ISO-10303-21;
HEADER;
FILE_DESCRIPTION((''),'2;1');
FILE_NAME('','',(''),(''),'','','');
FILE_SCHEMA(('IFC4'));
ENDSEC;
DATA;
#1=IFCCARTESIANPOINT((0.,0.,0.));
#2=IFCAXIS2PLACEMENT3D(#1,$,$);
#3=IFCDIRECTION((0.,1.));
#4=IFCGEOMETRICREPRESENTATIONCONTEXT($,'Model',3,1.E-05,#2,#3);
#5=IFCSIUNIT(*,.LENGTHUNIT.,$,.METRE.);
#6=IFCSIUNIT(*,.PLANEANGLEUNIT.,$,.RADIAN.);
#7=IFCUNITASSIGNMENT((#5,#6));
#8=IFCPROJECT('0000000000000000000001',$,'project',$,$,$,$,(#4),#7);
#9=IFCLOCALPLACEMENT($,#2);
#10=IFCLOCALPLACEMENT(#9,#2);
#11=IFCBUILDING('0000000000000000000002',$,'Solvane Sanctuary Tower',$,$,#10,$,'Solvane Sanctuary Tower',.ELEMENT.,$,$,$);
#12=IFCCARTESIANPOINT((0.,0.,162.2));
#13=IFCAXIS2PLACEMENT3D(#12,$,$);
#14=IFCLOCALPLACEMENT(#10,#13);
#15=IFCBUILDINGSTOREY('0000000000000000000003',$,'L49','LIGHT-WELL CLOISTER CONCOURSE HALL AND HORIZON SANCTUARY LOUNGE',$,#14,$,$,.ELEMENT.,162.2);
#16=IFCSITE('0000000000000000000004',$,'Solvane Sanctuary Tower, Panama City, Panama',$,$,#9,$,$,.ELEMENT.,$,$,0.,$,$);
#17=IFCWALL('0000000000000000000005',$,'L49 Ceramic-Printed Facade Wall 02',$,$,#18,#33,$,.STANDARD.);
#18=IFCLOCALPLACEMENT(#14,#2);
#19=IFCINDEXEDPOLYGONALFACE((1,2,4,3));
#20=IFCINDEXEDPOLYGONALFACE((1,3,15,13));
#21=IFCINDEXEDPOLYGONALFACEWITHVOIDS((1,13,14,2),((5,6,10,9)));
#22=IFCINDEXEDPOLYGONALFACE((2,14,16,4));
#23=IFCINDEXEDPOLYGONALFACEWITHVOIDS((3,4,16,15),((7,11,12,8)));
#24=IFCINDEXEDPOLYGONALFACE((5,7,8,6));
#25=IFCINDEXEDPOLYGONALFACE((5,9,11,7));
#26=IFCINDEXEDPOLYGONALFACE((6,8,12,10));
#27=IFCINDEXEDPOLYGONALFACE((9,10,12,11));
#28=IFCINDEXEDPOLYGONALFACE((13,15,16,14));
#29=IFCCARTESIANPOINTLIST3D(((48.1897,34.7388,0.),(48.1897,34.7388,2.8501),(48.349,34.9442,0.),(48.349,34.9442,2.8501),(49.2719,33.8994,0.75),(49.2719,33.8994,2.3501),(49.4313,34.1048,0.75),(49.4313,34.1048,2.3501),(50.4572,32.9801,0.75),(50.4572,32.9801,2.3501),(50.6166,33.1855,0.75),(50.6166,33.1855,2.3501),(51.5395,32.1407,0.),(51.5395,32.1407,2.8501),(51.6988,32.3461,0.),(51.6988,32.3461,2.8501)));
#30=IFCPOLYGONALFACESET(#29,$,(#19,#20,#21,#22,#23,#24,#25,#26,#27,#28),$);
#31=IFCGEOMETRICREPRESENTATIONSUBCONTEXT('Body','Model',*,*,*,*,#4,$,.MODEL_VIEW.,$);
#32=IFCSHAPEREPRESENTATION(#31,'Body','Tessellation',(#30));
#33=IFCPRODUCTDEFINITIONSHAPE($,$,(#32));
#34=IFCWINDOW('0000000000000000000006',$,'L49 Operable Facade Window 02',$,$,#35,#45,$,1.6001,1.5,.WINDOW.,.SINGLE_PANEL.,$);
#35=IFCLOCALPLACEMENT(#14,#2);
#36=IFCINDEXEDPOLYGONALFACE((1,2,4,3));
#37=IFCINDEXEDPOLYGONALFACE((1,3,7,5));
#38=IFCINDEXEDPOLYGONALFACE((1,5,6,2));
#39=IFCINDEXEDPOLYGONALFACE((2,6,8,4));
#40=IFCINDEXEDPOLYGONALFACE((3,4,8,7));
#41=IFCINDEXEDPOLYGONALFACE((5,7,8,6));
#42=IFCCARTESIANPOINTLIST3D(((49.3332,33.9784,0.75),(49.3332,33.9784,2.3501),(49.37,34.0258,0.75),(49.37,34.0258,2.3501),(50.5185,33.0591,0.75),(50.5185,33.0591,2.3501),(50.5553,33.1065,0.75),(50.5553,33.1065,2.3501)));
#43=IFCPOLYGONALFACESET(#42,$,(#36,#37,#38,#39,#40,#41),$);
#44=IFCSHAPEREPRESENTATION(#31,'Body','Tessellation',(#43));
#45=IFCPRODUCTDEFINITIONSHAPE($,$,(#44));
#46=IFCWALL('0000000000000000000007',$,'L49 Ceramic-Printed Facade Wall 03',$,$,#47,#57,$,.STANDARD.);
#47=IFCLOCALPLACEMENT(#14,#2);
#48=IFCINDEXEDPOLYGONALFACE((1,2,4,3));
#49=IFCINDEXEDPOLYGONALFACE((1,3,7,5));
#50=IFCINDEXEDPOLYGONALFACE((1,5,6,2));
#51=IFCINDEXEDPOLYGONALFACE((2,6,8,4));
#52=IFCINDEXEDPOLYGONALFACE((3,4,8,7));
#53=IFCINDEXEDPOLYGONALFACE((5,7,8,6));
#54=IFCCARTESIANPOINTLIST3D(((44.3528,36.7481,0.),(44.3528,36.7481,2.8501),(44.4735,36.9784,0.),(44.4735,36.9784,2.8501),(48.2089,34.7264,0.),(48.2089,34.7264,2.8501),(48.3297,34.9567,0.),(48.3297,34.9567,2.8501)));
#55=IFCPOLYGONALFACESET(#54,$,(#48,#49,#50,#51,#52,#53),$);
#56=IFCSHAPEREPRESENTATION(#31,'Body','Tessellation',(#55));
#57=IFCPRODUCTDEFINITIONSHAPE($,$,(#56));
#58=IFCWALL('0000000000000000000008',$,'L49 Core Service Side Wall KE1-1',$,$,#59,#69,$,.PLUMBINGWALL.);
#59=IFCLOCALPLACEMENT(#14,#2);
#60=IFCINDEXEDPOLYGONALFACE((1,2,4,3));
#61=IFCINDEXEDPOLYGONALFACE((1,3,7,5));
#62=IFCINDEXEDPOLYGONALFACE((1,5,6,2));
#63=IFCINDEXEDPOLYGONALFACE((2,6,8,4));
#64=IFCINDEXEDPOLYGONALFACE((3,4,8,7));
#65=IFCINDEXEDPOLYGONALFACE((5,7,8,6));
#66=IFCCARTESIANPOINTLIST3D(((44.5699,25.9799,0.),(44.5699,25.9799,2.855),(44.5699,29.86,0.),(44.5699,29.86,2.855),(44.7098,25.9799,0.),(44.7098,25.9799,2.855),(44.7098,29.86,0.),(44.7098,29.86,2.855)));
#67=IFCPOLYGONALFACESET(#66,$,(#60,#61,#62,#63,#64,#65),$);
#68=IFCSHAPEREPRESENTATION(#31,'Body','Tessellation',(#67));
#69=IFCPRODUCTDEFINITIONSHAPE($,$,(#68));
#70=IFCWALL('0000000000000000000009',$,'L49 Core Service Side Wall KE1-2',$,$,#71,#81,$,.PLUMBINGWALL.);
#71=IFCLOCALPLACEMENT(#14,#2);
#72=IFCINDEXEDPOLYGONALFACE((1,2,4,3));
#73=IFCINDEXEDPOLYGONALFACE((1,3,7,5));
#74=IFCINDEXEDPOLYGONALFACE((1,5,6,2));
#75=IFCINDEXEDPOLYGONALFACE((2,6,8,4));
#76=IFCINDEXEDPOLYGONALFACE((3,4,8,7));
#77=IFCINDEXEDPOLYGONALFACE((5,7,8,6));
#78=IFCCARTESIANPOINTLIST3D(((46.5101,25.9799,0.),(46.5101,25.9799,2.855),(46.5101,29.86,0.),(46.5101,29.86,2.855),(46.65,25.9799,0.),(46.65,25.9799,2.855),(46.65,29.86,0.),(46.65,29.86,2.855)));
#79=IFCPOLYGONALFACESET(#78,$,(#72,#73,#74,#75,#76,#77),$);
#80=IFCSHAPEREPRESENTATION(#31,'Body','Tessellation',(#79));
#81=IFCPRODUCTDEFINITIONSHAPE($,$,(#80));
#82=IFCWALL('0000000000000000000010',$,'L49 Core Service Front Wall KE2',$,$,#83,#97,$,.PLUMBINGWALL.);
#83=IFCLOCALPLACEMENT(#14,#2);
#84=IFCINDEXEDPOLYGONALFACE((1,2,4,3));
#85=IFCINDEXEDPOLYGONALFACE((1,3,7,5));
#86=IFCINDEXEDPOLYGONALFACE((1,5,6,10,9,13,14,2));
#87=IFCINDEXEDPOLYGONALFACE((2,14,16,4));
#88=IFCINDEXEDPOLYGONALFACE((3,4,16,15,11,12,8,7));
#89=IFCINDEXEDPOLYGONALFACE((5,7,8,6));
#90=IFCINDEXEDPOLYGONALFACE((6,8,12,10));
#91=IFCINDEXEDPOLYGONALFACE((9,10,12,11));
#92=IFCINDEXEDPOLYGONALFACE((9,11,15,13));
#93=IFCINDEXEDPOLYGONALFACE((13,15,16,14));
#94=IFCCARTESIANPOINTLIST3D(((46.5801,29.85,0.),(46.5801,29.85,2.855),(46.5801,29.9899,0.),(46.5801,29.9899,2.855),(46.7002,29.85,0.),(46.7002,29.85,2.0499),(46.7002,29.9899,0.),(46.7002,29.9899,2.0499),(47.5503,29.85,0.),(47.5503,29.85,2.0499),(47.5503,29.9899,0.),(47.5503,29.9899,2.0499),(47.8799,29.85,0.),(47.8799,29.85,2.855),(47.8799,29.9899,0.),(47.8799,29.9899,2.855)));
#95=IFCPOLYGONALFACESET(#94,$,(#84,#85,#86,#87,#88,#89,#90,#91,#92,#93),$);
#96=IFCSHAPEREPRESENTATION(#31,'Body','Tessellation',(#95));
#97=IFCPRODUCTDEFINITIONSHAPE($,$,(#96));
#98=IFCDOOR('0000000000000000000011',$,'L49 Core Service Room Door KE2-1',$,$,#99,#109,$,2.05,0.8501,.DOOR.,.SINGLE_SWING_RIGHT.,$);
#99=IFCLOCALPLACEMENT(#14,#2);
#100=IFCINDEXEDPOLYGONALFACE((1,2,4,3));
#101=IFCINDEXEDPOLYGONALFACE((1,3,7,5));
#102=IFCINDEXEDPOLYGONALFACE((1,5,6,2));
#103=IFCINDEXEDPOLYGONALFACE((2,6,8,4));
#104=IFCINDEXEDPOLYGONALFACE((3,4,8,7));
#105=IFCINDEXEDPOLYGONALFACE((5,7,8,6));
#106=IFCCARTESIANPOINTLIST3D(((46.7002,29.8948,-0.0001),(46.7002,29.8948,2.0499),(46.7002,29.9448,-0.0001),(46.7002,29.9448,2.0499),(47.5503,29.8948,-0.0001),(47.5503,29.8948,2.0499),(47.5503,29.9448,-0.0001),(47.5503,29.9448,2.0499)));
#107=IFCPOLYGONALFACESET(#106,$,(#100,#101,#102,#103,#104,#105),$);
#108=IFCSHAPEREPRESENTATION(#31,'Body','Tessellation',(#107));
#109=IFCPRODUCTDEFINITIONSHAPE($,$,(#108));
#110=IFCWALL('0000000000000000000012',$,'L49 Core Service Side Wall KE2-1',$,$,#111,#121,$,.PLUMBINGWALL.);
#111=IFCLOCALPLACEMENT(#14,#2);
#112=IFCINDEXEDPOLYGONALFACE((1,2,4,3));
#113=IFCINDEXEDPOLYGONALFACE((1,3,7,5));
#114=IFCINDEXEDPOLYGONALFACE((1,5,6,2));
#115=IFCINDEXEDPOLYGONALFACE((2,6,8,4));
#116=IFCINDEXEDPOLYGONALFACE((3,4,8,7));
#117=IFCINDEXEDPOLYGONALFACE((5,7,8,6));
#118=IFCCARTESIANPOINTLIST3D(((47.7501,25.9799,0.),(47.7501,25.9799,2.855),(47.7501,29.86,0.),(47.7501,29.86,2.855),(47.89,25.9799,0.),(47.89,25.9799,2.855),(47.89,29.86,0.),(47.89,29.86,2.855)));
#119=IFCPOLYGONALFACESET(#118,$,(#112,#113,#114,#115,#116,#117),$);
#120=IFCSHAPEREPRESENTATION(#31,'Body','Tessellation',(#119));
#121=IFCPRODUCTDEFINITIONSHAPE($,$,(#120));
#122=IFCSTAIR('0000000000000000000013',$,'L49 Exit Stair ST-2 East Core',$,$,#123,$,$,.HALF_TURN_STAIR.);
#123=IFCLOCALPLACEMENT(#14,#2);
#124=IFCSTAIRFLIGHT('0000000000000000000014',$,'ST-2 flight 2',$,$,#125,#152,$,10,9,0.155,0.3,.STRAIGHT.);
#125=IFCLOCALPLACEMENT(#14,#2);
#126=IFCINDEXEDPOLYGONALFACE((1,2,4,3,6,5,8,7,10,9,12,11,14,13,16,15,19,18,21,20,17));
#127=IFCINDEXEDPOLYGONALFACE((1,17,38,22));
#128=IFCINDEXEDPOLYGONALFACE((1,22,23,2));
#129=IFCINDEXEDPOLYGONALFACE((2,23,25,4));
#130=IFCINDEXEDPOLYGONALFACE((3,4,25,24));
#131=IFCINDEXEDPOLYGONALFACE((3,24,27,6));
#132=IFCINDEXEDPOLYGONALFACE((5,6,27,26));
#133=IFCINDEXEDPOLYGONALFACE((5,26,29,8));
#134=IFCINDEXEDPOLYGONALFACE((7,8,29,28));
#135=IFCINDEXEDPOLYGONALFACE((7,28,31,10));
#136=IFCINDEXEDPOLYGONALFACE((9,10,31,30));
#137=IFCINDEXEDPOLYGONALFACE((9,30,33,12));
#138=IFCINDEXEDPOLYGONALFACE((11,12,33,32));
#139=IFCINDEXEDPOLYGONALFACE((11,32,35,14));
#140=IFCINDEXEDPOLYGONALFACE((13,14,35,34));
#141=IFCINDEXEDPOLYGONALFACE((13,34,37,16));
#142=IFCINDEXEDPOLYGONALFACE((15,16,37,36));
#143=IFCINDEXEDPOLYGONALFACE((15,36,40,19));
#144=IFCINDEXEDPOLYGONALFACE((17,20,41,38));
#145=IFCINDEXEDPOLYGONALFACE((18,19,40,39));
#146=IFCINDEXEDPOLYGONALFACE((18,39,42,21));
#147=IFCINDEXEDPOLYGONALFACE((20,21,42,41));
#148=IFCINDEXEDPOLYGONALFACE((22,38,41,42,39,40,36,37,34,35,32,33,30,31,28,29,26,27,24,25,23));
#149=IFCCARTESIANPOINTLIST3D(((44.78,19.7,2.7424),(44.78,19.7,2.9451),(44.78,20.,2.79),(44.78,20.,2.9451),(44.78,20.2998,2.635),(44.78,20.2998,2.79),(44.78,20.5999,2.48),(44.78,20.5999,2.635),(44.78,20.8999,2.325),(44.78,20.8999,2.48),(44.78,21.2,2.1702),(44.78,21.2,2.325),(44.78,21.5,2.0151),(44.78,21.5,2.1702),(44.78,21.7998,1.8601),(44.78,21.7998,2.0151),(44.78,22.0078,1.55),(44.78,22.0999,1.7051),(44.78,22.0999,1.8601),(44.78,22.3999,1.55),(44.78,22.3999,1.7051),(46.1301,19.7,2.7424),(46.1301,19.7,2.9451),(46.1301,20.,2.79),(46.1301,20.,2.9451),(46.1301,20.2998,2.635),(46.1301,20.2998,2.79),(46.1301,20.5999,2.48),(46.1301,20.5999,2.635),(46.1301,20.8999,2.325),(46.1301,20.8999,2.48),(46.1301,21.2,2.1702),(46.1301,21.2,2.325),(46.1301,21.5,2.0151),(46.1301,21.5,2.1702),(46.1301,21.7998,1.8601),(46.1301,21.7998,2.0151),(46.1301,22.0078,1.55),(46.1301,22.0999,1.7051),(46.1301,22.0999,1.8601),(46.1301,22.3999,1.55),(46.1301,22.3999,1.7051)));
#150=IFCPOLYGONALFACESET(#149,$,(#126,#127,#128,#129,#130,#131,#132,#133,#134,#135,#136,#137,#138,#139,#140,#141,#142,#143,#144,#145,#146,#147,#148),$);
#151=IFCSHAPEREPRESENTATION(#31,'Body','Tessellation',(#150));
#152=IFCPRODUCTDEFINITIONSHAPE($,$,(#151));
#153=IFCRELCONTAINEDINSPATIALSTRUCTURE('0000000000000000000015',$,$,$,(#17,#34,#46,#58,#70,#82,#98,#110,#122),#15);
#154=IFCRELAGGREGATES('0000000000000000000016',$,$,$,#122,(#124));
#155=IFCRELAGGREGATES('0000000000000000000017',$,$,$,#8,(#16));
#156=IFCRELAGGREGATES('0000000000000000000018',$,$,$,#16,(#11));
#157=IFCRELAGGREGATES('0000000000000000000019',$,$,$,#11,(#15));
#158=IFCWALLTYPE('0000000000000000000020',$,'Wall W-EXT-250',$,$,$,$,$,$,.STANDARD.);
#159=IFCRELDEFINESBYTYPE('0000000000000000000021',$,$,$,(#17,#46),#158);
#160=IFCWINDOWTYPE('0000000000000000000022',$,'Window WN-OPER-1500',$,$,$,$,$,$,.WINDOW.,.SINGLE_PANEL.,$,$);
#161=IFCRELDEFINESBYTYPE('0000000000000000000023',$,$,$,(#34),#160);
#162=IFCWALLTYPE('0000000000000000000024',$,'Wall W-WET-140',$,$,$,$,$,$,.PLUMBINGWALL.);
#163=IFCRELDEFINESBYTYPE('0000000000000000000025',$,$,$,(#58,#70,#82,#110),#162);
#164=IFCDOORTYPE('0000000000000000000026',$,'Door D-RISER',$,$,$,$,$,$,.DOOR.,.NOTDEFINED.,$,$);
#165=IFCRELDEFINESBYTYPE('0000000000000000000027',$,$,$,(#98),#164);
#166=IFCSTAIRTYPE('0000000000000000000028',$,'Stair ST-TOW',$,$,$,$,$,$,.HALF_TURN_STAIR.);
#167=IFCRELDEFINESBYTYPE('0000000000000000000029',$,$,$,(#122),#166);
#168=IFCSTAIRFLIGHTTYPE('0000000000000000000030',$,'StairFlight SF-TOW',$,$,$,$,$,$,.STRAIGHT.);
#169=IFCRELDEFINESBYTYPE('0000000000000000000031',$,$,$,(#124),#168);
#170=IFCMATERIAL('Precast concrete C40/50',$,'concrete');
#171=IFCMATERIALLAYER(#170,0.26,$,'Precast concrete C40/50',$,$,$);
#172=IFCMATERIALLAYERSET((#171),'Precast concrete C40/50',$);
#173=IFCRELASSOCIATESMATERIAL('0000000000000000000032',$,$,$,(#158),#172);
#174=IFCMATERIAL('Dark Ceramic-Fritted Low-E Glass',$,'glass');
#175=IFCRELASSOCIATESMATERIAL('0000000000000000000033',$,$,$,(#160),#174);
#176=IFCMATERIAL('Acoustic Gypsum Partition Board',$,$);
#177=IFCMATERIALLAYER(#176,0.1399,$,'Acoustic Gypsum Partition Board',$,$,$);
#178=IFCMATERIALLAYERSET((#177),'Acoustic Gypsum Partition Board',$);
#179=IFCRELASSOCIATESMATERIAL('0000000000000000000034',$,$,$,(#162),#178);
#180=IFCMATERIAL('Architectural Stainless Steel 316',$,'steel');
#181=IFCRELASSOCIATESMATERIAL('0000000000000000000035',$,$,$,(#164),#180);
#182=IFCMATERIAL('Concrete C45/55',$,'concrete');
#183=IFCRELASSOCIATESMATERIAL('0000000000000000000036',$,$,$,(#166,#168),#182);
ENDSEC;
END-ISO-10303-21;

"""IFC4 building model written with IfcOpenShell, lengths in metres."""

from ifc_helpers import new_model, si_unit, direction, frame, frame_2d, origin, place, context, subcontext, project, spatial, polyline, rectangle, outline, extrude, material, layer, layer_set, type_object, element, fill, aggregate, save


model = new_model("IFC4")

# Units and contexts
model_context = context("Model", 3, precision=1e-05, world=origin(), true_north=direction((0.0, 1.0)))
body_context = subcontext(model_context, "Body", "Model", "MODEL_VIEW")
ifc_project = project(units=[si_unit("LENGTHUNIT", "METRE"), si_unit("PLANEANGLEUNIT", "RADIAN")], contexts=[model_context])

# Site, building, storey
site_placement = place(None, origin())
site = spatial("IfcSite", under=ifc_project, at=site_placement, Name="Solvane Sanctuary Tower, Panama City, Panama", CompositionType="ELEMENT", RefElevation=0.0)
building_placement = place(site_placement, origin())
building = spatial("IfcBuilding", under=site, at=building_placement, Name="Solvane Sanctuary Tower", LongName="Solvane Sanctuary Tower", CompositionType="ELEMENT")
storey_placement = place(building_placement, frame((0.0, 0.0, 162.2)))
storey = spatial("IfcBuildingStorey", under=building, at=storey_placement, Name="L49", Description="LIGHT-WELL CLOISTER CONCOURSE HALL AND HORIZON SANCTUARY LOUNGE", CompositionType="ELEMENT", Elevation=162.2)

# Shared definitions
ifc_material_1 = material(Name="Acoustic Gypsum Partition Board")

# Wall, opening, window
ifc_material_2 = material(Name="Precast concrete C40/50", Category="concrete")
ifc_layer_1 = layer(ifc_material_2, 0.26, Name="Precast concrete C40/50")
ifc_layer_set_1 = layer_set([ifc_layer_1], Name="Precast concrete C40/50")
wall_type_1 = type_object("IfcWallType", Name="Wall W-EXT-250", PredefinedType="STANDARD", material=ifc_layer_set_1)
ifc_material_3 = material(Name="Dark Ceramic-Fritted Low-E Glass", Category="glass")
window_type = type_object("IfcWindowType", Name="Window WN-OPER-1500", PartitioningType="SINGLE_PANEL", PredefinedType="WINDOW", material=ifc_material_3)
wall_1_placement = place(storey_placement, frame((51.6191, 32.2434, 0.0), z_axis=(0.0, 0.0, 1.0), x_axis=(-0.790186, 0.612868, 0.0)))
wall_1 = element("IfcWall", 1, at=wall_1_placement, inside=storey, type_object=wall_type_1, Name="L49 Ceramic-Printed Facade Wall 02", PredefinedType="STANDARD", context=body_context, shape_type="SweptSolid", body=[
    extrude(rectangle(XDim=4.2393, YDim=0.26, at=frame_2d((2.1196, 0.0))), origin(), (0.0, 0.0, 1.0), 2.8501),
])
opening_1_placement = place(wall_1_placement, frame((1.3696, 0.0, 0.75)))
opening_1 = element("IfcOpeningElement", 2, at=opening_1_placement, cuts=wall_1, PredefinedType="OPENING", context=body_context, shape_type="SweptSolid", body=[
    extrude(rectangle(XDim=1.5, YDim=1.6001, at=frame_2d((0.75, 0.8))), frame((0.0, 0.1399, 0.0), z_axis=(0.0, -1.0, 0.0), x_axis=(1.0, 0.0, 0.0)), (0.0, 0.0, 1.0), 0.28),
])
window_1_placement = place(opening_1_placement, origin())
window_1 = element("IfcWindow", 3, at=window_1_placement, inside=storey, type_object=window_type, Name="L49 Operable Facade Window 02", OverallHeight=1.6001, OverallWidth=1.5, PartitioningType="SINGLE_PANEL", PredefinedType="WINDOW", context=body_context, shape_type="SweptSolid", body=[
    extrude(rectangle(XDim=1.5, YDim=1.6001, at=frame_2d((0.75, 0.8))), frame((0.0, 0.03, 0.0), z_axis=(0.0, -1.0, 0.0), x_axis=(1.0, 0.0, 0.0)), (0.0, 0.0, 1.0), 0.0601),
])
fill(opening_1, window_1)

# Walls
wall_2_placement = place(storey_placement, frame((48.2693, 34.8416, 0.0), z_axis=(0.0, 0.0, 1.0), x_axis=(-0.88566, 0.464334, 0.0)))
element("IfcWall", 4, at=wall_2_placement, inside=storey, type_object=wall_type_1, Name="L49 Ceramic-Printed Facade Wall 03", PredefinedType="STANDARD", context=body_context, shape_type="SweptSolid", body=[
    extrude(rectangle(XDim=4.354, YDim=0.26, at=frame_2d((2.177, 0.0))), origin(), (0.0, 0.0, 1.0), 2.8501),
])
ifc_layer_2 = layer(ifc_material_1, 0.1399, Name="Acoustic Gypsum Partition Board")
ifc_layer_set_2 = layer_set([ifc_layer_2], Name="Acoustic Gypsum Partition Board")
wall_type_2 = type_object("IfcWallType", Name="Wall W-WET-140", PredefinedType="PLUMBINGWALL", material=ifc_layer_set_2)
for number, where, z_axis, x_axis, name in (
    (5, (44.6399, 25.98, 0.0), (0.0, 0.0, 1.0), (0.0, 1.0, 0.0), "L49 Core Service Side Wall KE1-1"),
    (6, (46.5801, 25.98, 0.0), (0.0, 0.0, 1.0), (0.0, 1.0, 0.0), "L49 Core Service Side Wall KE1-2"),
):
    element("IfcWall", number, at=place(storey_placement, frame(where, z_axis=z_axis, x_axis=x_axis)), inside=storey, type_object=wall_type_2, Name=name, PredefinedType="PLUMBINGWALL", context=body_context, shape_type="SweptSolid", body=[
        extrude(rectangle(XDim=3.8801, YDim=0.1399, at=frame_2d((1.9399, 0.0))), origin(), (0.0, 0.0, 1.0), 2.855),
    ])

# Wall, opening, door
wall_3_placement = place(storey_placement, frame((46.5801, 29.9199, 0.0), z_axis=(0.0, 0.0, 1.0), x_axis=(1.0, 0.0, 0.0)))
wall_3 = element("IfcWall", 7, at=wall_3_placement, inside=storey, type_object=wall_type_2, Name="L49 Core Service Front Wall KE2", PredefinedType="PLUMBINGWALL", context=body_context, shape_type="SweptSolid", body=[
    extrude(rectangle(XDim=1.2998, YDim=0.1399, at=frame_2d((0.6499, 0.0))), origin(), (0.0, 0.0, 1.0), 2.855),
])
opening_2_placement = place(wall_3_placement, frame((0.1201, 0.0, 0.0)))
opening_2 = element("IfcOpeningElement", 8, at=opening_2_placement, cuts=wall_3, PredefinedType="OPENING", context=body_context, shape_type="SweptSolid", body=[
    extrude(rectangle(XDim=0.8501, YDim=2.05, at=frame_2d((0.425, 1.0249))), frame((0.0, 0.0798, 0.0), z_axis=(0.0, -1.0, 0.0), x_axis=(1.0, 0.0, 0.0)), (0.0, 0.0, 1.0), 0.1599),
])
ifc_material_4 = material(Name="Architectural Stainless Steel 316", Category="steel")
door_type = type_object("IfcDoorType", Name="Door D-RISER", OperationType="NOTDEFINED", PredefinedType="DOOR", material=ifc_material_4)
door_placement = place(opening_2_placement, origin())
door = element("IfcDoor", 9, at=door_placement, inside=storey, type_object=door_type, Name="L49 Core Service Room Door KE2-1", OperationType="SINGLE_SWING_RIGHT", OverallHeight=2.05, OverallWidth=0.8501, PredefinedType="DOOR", context=body_context, shape_type="SweptSolid", body=[
    extrude(rectangle(XDim=0.8501, YDim=2.05, at=frame_2d((0.425, 1.0249))), frame((0.0, 0.0249, 0.0), z_axis=(0.0, -1.0, 0.0), x_axis=(1.0, 0.0, 0.0)), (0.0, 0.0, 1.0), 0.05),
])
fill(opening_2, door)

# Wall
wall_4_placement = place(storey_placement, frame((47.8201, 25.98, 0.0), z_axis=(0.0, 0.0, 1.0), x_axis=(0.0, 1.0, 0.0)))
element("IfcWall", 10, at=wall_4_placement, inside=storey, type_object=wall_type_2, Name="L49 Core Service Side Wall KE2-1", PredefinedType="PLUMBINGWALL", context=body_context, shape_type="SweptSolid", body=[
    extrude(rectangle(XDim=3.8801, YDim=0.1399, at=frame_2d((1.9399, 0.0))), origin(), (0.0, 0.0, 1.0), 2.855),
])

# Stair, stair flight
ifc_material_5 = material(Name="Concrete C45/55", Category="concrete")
stair_type = type_object("IfcStairType", Name="Stair ST-TOW", PredefinedType="HALF_TURN_STAIR", material=ifc_material_5)
stair_placement = place(storey_placement, origin())
stair = element("IfcStair", 11, at=stair_placement, inside=storey, type_object=stair_type, Name="L49 Exit Stair ST-2 East Core", PredefinedType="HALF_TURN_STAIR")
stair_flight_type = type_object("IfcStairFlightType", Name="StairFlight SF-TOW", PredefinedType="STRAIGHT", material=ifc_material_5)
stair_flight_placement = place(storey_placement, frame((45.4551, 22.3999, 1.55), z_axis=(0.0, 0.0, 1.0), x_axis=(0.0, -1.0, 0.0)))
stair_flight = element("IfcStairFlight", 12, at=stair_flight_placement, type_object=stair_flight_type, Name="ST-2 flight 2", NumberOfRisers=10, NumberOfTreads=9, PredefinedType="STRAIGHT", RiserHeight=0.155, TreadLength=0.3, context=body_context, shape_type="SweptSolid", body=[
    extrude(outline(polyline([(0.0, 0.0), (0.0, 0.155), (0.3, 0.155), (0.3, 0.3101), (0.6001, 0.3101), (0.6001, 0.4651), (0.8999, 0.4651), (0.8999, 0.6201), (1.2, 0.6201), (1.2, 0.7749), (1.5, 0.7749), (1.5, 0.9299), (1.8, 0.9299), (1.8, 1.085), (2.1001, 1.085), (2.1001, 1.24), (2.3999, 1.24), (2.3999, 1.395), (2.7, 1.395), (2.7, 1.55), (2.7, 1.1924), (0.3921, 0.0), (0.0, 0.0)])), frame((0.0, 0.675, 0.0), z_axis=(0.0, -1.0, 0.0), x_axis=(1.0, 0.0, 0.0)), (0.0, 0.0, 1.0), 1.3501),
])
aggregate(stair, [stair_flight])

save(model, "model.ifc")
